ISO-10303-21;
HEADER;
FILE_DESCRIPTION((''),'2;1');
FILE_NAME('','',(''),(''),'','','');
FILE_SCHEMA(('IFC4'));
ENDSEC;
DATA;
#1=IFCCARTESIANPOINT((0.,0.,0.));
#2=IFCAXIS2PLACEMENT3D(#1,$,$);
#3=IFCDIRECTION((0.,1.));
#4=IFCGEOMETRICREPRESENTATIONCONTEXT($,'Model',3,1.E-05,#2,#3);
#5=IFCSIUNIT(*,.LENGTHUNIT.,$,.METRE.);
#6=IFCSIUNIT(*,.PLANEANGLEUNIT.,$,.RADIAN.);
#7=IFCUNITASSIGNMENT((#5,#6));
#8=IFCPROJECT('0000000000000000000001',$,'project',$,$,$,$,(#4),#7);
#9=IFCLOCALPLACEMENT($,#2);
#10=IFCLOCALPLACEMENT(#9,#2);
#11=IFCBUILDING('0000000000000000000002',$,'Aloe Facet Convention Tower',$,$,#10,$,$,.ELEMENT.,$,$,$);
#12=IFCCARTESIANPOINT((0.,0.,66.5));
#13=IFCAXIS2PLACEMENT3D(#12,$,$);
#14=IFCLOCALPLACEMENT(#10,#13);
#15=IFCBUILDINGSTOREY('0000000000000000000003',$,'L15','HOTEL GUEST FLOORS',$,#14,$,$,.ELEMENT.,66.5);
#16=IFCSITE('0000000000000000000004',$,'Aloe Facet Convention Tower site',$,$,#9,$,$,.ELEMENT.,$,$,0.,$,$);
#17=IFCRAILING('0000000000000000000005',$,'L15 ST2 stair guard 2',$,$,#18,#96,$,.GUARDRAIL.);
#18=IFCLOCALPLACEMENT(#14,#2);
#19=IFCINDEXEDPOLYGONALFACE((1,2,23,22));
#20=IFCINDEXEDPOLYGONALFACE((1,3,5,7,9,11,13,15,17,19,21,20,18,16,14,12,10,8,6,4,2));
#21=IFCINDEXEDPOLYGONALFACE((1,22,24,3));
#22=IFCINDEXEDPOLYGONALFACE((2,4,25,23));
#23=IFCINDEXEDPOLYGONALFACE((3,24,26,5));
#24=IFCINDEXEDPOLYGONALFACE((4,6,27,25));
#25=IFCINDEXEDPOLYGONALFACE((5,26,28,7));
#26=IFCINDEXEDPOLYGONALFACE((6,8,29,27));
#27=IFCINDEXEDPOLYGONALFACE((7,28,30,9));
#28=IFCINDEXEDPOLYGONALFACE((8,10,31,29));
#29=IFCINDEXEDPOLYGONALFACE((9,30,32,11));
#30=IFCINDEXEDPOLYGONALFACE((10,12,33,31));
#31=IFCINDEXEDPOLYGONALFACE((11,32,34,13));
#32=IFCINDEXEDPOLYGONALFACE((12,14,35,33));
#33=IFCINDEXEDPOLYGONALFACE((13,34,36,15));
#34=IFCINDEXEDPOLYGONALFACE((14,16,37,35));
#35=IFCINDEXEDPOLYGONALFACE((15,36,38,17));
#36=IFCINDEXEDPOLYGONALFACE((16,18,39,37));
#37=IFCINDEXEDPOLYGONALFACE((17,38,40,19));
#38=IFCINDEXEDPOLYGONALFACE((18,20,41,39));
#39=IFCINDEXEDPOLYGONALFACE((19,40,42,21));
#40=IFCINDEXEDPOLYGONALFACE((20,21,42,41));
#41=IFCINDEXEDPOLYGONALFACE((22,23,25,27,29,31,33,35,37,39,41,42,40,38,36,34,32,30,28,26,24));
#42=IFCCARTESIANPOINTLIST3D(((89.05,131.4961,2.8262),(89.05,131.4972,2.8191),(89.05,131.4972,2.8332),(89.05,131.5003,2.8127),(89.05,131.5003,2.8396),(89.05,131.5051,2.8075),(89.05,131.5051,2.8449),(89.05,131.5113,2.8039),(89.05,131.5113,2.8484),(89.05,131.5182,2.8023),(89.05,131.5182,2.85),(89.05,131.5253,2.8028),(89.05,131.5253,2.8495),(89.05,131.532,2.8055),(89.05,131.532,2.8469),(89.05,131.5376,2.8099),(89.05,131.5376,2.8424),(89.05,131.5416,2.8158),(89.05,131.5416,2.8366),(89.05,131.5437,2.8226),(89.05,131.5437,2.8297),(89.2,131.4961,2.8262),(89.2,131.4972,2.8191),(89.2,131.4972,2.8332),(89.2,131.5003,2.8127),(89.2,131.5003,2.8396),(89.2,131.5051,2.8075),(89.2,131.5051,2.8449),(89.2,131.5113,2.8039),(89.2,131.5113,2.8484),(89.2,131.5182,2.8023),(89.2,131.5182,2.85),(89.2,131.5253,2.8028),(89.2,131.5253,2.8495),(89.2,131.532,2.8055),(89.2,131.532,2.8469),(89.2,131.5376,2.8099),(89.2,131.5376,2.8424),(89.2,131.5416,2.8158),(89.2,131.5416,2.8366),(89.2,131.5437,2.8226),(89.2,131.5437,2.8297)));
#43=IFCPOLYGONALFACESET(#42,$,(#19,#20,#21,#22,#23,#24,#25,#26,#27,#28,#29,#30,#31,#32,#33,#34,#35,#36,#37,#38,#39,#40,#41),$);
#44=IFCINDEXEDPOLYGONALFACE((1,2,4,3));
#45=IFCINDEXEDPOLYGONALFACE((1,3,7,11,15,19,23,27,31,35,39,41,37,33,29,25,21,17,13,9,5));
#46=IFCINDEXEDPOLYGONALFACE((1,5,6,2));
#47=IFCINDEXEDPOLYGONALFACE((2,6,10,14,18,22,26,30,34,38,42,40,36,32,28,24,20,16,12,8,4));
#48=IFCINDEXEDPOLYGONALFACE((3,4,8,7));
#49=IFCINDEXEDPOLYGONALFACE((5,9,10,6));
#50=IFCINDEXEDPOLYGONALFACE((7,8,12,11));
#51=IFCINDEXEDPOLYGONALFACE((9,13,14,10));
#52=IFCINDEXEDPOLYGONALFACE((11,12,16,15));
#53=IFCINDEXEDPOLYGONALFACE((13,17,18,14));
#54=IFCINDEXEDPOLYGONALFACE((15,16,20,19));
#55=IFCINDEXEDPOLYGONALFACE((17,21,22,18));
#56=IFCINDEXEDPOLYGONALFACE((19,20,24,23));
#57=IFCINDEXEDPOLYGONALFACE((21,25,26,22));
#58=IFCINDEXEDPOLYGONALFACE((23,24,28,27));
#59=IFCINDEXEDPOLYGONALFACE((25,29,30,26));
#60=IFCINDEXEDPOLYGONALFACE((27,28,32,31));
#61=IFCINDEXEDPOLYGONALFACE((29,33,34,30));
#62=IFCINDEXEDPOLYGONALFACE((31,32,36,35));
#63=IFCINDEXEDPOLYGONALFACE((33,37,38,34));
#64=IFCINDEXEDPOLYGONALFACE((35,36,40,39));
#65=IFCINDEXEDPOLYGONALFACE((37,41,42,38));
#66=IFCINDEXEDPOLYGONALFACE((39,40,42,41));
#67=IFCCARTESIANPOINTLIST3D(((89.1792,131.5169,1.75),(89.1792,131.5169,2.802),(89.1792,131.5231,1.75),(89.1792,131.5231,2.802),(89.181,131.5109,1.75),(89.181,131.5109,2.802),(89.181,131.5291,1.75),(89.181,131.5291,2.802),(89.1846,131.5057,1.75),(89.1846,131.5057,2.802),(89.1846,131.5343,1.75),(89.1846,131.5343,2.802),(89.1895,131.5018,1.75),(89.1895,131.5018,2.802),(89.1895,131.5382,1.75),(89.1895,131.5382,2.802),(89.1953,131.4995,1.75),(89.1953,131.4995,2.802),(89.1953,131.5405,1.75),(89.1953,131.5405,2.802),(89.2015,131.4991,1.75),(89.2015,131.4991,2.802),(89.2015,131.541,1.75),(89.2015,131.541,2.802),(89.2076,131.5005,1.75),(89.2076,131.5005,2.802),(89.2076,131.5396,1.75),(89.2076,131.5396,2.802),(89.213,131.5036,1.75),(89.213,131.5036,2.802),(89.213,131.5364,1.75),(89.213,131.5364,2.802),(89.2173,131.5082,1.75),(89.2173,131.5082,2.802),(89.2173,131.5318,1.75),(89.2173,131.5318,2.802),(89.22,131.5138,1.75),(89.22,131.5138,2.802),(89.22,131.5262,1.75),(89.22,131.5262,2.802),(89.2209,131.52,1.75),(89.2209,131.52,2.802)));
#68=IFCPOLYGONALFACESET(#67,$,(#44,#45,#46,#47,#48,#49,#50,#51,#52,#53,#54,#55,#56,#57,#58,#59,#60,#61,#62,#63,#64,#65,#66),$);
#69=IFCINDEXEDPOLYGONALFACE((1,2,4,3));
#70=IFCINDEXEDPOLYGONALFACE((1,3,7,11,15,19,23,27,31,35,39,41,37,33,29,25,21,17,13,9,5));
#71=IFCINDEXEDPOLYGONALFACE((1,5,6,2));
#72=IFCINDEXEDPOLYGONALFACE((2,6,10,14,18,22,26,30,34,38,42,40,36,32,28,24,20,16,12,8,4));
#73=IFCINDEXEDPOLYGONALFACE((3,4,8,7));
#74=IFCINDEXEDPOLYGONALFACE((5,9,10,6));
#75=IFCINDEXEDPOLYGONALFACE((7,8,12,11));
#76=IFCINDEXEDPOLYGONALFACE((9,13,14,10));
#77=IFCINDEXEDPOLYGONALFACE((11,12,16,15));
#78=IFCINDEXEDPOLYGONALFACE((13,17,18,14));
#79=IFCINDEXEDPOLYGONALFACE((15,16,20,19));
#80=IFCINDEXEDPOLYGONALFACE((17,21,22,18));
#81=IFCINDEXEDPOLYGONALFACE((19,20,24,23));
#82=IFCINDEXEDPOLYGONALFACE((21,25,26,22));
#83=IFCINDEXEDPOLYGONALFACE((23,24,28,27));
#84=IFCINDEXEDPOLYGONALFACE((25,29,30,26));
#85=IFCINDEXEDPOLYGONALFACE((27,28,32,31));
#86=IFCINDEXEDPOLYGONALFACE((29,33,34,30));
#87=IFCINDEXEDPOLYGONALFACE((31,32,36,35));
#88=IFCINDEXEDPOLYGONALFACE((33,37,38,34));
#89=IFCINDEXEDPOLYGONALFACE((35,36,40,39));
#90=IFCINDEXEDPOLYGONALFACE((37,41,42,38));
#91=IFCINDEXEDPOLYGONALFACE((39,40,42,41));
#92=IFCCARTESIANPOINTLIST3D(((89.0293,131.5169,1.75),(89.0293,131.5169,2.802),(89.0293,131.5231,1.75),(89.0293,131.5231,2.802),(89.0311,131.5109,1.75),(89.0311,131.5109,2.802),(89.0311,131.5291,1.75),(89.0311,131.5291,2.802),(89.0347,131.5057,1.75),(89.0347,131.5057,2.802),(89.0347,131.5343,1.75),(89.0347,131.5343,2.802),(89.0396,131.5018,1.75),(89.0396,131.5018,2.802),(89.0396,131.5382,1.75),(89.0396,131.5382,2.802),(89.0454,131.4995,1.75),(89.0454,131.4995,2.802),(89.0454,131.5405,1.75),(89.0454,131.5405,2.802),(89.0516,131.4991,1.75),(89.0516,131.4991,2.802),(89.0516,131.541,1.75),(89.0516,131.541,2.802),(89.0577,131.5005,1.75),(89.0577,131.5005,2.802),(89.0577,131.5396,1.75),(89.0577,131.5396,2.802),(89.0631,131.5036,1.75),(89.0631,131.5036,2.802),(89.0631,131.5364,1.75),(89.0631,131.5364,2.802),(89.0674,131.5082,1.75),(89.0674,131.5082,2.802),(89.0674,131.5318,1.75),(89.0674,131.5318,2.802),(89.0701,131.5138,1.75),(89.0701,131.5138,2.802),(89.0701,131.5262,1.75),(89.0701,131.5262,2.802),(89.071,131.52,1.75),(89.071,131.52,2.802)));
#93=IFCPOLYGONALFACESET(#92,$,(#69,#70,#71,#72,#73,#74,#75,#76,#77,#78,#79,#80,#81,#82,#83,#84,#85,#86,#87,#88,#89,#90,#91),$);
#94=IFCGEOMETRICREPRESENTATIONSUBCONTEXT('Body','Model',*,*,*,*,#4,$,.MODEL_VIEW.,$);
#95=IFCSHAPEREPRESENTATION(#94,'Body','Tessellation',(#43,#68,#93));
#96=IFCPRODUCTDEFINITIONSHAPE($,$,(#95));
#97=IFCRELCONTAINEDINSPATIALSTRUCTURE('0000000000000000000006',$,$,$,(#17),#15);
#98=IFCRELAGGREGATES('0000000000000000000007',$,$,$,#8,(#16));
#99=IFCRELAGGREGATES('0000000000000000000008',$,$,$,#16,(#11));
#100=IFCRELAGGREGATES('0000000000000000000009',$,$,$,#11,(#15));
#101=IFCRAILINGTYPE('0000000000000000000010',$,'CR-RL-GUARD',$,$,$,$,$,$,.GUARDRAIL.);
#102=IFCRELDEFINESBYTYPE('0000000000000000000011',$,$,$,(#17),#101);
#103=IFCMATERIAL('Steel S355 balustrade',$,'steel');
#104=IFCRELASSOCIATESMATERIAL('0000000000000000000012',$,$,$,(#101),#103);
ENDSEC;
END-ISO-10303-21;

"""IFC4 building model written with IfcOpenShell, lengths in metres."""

from ifc_helpers import new_model, si_unit, direction, frame, origin, origin_2d, place, context, subcontext, project, spatial, circle, extrude, material, type_object, element, save


model = new_model("IFC4")

# Units and contexts
model_context = context("Model", 3, precision=1e-05, world=origin(), true_north=direction((0.0, 1.0)))
body_context = subcontext(model_context, "Body", "Model", "MODEL_VIEW")
ifc_project = project(units=[si_unit("LENGTHUNIT", "METRE"), si_unit("PLANEANGLEUNIT", "RADIAN")], contexts=[model_context])

# Site, building, storey
site_placement = place(None, origin())
site = spatial("IfcSite", under=ifc_project, at=site_placement, Name="Aloe Facet Convention Tower site", CompositionType="ELEMENT", RefElevation=0.0)
building_placement = place(site_placement, origin())
building = spatial("IfcBuilding", under=site, at=building_placement, Name="Aloe Facet Convention Tower", CompositionType="ELEMENT")
storey_placement = place(building_placement, frame((0.0, 0.0, 66.5)))
storey = spatial("IfcBuildingStorey", under=building, at=storey_placement, Name="L15", Description="HOTEL GUEST FLOORS", CompositionType="ELEMENT", Elevation=66.5)

# Railing
ifc_material_1 = material(Name="Steel S355 balustrade", Category="steel")
railing_type_1 = type_object("IfcRailingType", Name="CR-RL-GUARD", PredefinedType="GUARDRAIL", material=ifc_material_1)
railing_1_placement = place(storey_placement, frame((89.2, 131.52, 1.75)))
element("IfcRailing", 1, at=railing_1_placement, inside=storey, type_object=railing_type_1, Name="L15 ST2 stair guard 2", PredefinedType="GUARDRAIL", context=body_context, shape_type="SweptSolid", body=[
    extrude(circle(Radius=0.0239, at=origin_2d()), frame((0.0, 0.0, 1.0762), z_axis=(-1.0, 0.0, 0.0), x_axis=(0.0, -1.0, 0.0)), (0.0, 0.0, 1.0), 0.1499),
    extrude(circle(Radius=0.021, at=origin_2d()), origin(), (0.0, 0.0, 1.0), 1.052),
    extrude(circle(Radius=0.021, at=origin_2d()), frame((-0.1499, 0.0, 0.0)), (0.0, 0.0, 1.0), 1.052),
])

save(model, "model.ifc")
